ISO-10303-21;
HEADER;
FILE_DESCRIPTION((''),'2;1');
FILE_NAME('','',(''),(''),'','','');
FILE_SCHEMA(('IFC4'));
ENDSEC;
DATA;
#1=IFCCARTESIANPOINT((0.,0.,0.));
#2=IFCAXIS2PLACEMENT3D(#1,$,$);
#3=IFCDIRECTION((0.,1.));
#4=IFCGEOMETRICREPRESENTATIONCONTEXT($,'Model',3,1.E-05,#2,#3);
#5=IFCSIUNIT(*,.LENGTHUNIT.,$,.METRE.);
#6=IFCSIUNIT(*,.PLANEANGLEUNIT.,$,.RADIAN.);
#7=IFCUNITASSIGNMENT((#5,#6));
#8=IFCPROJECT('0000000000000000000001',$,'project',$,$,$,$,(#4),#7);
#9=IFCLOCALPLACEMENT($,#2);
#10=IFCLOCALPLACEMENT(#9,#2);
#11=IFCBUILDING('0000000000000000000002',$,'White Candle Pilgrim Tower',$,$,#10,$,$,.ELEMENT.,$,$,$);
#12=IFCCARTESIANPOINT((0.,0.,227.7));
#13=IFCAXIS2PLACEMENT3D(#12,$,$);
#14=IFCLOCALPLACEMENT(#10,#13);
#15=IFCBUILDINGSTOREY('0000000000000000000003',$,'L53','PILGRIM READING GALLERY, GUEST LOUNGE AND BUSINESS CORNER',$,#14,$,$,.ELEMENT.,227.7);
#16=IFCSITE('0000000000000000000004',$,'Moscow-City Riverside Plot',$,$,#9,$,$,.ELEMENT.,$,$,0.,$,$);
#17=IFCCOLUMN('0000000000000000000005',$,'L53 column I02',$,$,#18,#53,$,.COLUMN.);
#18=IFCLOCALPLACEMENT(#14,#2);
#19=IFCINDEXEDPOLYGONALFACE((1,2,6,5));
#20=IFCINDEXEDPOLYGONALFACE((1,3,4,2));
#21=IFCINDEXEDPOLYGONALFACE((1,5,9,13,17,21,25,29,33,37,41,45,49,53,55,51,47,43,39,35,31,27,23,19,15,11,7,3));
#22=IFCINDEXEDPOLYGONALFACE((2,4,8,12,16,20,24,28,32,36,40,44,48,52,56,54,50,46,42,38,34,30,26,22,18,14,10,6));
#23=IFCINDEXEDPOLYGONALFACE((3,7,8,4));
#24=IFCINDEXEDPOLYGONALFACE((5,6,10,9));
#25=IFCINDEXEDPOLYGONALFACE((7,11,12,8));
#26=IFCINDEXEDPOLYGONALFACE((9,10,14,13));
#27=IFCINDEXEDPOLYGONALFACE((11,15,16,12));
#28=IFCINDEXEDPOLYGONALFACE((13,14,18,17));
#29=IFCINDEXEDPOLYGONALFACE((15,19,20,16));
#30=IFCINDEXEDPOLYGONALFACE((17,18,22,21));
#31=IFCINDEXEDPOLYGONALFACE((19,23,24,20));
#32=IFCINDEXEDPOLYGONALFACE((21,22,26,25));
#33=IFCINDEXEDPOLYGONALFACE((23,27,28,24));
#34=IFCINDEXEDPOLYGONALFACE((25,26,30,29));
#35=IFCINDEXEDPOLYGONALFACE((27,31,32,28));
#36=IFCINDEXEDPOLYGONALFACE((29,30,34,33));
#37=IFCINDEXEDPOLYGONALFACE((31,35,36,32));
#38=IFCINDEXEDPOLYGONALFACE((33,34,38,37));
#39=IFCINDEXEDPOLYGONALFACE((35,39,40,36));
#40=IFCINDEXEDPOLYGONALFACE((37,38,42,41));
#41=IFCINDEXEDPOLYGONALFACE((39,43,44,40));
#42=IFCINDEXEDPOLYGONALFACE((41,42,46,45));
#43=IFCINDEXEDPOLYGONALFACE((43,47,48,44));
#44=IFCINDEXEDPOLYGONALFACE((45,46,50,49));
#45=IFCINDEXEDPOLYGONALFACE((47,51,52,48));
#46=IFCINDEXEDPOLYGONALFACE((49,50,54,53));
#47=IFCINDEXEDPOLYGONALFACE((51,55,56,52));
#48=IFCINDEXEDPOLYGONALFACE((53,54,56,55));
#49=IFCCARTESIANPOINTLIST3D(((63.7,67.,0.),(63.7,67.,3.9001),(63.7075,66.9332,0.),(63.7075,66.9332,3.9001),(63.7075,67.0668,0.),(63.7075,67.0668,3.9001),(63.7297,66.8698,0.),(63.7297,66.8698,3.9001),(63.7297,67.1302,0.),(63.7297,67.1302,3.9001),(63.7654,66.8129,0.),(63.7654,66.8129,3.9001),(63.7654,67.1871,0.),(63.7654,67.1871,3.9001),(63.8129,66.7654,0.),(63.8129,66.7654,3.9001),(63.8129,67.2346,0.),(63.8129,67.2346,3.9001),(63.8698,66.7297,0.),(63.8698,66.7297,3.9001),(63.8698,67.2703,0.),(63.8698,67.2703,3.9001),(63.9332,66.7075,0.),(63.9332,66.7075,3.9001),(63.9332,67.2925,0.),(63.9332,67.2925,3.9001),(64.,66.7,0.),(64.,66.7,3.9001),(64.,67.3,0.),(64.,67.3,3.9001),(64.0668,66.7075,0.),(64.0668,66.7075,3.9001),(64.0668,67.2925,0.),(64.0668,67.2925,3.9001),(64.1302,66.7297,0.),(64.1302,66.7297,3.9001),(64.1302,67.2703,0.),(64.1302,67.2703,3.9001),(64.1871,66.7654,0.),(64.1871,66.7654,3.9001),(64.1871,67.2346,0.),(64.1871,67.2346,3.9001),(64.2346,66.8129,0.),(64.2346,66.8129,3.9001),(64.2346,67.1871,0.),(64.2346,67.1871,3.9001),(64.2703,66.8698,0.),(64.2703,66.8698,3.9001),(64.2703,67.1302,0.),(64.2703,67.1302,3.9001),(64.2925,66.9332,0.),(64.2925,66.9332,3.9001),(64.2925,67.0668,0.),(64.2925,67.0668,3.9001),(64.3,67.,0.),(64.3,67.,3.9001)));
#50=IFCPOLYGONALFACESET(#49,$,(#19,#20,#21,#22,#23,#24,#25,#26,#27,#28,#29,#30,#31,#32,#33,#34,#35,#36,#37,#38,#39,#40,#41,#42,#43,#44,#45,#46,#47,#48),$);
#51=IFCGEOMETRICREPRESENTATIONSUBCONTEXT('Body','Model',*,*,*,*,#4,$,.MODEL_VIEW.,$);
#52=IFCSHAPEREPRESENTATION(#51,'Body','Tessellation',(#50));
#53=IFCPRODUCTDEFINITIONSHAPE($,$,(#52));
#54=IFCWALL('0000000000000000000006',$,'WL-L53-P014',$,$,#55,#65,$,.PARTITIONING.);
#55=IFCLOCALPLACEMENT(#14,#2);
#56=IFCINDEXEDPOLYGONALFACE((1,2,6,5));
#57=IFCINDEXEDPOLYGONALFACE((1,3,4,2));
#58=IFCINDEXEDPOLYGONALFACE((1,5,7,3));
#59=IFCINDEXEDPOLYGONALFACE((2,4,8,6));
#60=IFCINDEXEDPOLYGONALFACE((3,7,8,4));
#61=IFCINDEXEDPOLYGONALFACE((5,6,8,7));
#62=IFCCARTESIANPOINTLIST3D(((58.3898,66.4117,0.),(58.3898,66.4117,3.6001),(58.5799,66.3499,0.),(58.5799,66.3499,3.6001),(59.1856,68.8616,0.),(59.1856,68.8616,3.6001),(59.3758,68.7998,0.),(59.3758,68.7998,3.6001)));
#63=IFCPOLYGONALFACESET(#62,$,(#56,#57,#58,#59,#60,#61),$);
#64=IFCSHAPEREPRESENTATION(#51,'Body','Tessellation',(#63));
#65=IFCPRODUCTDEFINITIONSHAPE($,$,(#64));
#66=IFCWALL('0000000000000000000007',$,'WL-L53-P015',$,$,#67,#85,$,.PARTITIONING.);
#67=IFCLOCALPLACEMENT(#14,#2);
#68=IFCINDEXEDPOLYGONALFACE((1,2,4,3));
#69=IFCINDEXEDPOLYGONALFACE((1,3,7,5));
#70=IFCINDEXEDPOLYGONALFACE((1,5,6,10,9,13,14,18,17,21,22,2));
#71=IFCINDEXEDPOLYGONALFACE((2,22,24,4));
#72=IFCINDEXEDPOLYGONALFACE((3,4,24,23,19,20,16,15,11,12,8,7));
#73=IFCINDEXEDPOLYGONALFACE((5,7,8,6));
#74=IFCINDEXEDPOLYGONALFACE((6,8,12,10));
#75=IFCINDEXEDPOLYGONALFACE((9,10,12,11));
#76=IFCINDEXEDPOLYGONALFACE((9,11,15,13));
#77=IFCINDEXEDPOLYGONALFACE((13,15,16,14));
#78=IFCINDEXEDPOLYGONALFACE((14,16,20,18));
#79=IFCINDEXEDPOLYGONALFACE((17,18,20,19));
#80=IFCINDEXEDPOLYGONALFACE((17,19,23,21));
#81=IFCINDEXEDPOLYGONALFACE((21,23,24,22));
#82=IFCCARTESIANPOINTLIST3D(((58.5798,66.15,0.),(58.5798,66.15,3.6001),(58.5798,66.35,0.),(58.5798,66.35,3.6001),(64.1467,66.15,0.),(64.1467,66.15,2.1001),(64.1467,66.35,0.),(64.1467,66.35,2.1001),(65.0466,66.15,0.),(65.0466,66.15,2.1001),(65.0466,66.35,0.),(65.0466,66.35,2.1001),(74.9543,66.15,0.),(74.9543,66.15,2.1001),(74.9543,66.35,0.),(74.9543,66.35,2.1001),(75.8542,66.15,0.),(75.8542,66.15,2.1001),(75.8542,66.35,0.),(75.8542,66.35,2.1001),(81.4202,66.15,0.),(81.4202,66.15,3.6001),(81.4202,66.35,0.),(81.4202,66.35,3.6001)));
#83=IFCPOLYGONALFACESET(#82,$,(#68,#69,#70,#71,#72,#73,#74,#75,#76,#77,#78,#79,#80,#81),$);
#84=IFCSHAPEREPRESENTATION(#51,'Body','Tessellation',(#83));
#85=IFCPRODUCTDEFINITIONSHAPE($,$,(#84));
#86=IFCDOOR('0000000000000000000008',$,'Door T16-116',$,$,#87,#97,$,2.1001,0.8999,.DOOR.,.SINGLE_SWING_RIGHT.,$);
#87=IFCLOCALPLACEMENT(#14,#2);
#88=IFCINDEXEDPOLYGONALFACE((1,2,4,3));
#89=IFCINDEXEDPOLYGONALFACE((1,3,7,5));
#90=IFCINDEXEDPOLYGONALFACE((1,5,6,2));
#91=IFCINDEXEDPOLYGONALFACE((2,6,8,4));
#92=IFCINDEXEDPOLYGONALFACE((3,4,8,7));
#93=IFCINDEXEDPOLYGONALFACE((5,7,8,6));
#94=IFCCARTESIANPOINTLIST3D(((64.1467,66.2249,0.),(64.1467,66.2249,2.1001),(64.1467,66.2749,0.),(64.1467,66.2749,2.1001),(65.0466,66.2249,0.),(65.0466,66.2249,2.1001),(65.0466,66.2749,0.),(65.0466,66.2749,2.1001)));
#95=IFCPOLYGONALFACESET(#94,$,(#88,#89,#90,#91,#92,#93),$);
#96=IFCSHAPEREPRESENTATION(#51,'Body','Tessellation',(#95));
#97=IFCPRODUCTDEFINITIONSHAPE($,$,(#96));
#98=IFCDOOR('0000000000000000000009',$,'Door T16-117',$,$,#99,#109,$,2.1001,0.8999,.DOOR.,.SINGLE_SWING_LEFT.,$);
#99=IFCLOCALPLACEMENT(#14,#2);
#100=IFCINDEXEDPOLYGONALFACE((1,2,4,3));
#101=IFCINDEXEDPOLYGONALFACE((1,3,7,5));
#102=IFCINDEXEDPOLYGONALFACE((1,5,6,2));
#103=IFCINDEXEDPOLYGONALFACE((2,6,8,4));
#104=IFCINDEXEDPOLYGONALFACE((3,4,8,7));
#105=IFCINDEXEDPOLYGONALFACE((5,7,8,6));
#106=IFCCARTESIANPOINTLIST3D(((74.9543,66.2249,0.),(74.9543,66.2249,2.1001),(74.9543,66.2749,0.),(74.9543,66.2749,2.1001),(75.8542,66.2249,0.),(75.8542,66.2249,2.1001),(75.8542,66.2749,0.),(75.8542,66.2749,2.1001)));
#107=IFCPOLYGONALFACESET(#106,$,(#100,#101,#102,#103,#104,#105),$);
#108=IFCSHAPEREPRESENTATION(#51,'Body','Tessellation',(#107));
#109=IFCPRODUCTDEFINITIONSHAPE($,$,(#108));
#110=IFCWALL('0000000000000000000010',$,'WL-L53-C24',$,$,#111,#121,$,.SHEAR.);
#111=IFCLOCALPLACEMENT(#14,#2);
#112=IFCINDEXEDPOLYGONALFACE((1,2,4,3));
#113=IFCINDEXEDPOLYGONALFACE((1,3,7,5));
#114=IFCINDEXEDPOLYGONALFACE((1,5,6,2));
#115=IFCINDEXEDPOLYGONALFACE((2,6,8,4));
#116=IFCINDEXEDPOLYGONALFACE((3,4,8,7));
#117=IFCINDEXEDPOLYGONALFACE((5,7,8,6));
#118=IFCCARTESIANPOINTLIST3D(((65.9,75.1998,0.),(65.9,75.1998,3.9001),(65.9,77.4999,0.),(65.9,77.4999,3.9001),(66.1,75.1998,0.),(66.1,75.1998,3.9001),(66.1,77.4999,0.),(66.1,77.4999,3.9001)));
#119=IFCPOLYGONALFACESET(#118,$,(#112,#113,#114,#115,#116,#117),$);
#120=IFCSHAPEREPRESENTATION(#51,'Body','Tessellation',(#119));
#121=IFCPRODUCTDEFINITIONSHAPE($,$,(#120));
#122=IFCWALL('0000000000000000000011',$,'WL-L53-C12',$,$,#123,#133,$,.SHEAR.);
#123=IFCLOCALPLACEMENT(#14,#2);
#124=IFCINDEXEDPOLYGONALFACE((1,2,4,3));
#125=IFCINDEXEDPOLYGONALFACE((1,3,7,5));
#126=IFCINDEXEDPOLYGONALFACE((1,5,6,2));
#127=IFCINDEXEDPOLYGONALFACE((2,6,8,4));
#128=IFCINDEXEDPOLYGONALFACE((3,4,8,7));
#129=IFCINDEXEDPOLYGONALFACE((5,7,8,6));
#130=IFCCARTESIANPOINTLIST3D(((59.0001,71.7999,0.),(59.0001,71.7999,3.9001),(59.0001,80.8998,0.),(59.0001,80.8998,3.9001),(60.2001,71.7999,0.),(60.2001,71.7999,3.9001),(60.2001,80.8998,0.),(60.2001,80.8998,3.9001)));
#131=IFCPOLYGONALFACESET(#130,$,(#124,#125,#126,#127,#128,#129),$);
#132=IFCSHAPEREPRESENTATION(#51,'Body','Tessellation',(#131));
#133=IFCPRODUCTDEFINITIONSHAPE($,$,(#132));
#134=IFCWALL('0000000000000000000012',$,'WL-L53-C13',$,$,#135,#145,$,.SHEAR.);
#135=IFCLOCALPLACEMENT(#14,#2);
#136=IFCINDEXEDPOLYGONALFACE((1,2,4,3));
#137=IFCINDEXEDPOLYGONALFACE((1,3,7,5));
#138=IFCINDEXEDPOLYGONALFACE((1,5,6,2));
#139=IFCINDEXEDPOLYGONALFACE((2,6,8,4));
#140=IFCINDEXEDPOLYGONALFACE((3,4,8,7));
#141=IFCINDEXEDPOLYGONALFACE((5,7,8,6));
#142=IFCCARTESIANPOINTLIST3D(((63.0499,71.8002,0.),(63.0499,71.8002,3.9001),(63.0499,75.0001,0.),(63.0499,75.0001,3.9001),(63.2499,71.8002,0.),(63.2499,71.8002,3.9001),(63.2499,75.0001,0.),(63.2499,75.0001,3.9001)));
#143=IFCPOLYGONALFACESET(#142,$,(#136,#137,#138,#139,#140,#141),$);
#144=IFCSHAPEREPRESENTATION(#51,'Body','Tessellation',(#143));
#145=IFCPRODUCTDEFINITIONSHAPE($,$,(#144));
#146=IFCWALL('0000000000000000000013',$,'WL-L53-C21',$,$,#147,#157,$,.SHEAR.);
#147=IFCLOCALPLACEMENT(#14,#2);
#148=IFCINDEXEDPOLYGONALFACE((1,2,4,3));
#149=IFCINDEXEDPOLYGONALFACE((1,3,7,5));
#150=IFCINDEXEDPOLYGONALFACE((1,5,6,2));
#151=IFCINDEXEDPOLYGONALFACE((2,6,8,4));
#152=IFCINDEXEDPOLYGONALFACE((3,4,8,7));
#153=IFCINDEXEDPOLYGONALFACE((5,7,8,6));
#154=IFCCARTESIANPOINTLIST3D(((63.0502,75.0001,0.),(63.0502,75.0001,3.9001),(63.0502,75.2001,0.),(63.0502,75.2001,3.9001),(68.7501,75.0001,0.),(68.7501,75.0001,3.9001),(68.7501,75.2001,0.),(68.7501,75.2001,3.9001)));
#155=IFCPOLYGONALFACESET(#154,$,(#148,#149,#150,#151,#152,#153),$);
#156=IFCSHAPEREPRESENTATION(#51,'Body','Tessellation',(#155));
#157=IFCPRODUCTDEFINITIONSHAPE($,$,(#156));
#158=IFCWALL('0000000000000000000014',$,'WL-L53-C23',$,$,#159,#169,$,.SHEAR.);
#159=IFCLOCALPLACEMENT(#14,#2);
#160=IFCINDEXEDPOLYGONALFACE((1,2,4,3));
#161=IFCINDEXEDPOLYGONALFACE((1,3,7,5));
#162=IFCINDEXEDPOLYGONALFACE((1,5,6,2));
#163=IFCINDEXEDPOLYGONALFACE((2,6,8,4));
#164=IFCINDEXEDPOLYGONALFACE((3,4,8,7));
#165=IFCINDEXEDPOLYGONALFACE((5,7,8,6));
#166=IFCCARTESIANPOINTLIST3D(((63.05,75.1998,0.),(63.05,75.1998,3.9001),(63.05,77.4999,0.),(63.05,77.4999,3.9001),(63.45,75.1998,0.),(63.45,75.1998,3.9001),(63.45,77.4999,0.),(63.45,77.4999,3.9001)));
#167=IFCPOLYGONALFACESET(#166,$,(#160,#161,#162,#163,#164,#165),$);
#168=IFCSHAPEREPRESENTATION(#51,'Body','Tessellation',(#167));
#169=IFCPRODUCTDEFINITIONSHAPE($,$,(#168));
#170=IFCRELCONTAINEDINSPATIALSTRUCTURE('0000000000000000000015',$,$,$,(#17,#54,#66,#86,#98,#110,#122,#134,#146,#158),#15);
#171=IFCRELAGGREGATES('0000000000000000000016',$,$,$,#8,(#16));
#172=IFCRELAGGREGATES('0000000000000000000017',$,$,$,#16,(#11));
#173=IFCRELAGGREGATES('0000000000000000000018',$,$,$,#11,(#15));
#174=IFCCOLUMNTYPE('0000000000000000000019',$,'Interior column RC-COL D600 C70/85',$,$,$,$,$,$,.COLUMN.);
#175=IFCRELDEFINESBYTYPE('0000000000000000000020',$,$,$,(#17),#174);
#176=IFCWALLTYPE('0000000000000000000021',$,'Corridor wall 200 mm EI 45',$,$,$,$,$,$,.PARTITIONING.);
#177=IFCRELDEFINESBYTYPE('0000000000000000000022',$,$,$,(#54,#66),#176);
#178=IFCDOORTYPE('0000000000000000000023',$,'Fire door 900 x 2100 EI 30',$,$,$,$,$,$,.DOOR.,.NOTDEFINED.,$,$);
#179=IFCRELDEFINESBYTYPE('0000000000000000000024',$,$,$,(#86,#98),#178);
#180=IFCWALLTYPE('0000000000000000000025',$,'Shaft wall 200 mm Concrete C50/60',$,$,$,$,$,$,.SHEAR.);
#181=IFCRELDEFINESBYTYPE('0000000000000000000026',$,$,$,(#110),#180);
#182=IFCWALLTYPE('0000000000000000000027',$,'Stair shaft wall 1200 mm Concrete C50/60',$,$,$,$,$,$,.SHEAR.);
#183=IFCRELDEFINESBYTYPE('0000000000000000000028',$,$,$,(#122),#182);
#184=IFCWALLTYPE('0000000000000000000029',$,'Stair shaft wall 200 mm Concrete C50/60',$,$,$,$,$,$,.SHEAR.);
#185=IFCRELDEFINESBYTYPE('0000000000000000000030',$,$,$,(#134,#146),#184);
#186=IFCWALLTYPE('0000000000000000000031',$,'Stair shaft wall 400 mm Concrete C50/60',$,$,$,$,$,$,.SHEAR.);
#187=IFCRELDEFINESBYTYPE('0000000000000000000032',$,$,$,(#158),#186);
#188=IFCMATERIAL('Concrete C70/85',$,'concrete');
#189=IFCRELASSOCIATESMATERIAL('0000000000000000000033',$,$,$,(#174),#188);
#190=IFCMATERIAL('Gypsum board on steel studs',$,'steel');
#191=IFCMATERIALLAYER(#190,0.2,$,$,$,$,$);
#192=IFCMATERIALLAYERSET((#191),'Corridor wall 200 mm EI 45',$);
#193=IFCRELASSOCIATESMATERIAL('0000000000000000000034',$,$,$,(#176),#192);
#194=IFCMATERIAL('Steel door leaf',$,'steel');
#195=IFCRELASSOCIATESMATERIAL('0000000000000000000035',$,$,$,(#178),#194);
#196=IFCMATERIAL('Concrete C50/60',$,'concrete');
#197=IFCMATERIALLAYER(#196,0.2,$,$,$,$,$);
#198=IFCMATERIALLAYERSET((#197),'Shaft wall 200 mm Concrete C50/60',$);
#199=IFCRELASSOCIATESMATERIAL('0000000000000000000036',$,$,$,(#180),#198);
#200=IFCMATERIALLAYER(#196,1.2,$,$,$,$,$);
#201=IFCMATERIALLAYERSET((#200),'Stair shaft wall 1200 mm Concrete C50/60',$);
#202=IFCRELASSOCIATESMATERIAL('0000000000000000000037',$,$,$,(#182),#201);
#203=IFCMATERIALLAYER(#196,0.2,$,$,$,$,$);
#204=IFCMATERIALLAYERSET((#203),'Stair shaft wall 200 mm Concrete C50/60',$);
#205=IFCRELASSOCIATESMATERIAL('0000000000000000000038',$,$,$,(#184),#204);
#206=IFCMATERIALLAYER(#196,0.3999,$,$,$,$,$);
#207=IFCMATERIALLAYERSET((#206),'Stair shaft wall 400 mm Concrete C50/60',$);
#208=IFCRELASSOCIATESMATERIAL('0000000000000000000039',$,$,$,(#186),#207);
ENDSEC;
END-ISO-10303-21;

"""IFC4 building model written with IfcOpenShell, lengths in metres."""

from ifc_helpers import new_model, si_unit, direction, frame, frame_2d, origin, origin_2d, place, context, subcontext, project, spatial, rectangle, circle, extrude, material, layer, layer_set, material_profile, profile_set, type_object, element, fill, save


model = new_model("IFC4")

# Units and contexts
model_context = context("Model", 3, precision=1e-05, world=origin(), true_north=direction((0.0, 1.0)))
body_context = subcontext(model_context, "Body", "Model", "MODEL_VIEW")
ifc_project = project(units=[si_unit("LENGTHUNIT", "METRE"), si_unit("PLANEANGLEUNIT", "RADIAN")], contexts=[model_context])

# Site, building, storey
site_placement = place(None, origin())
site = spatial("IfcSite", under=ifc_project, at=site_placement, Name="Moscow-City Riverside Plot", CompositionType="ELEMENT", RefElevation=0.0)
building_placement = place(site_placement, origin())
building = spatial("IfcBuilding", under=site, at=building_placement, Name="White Candle Pilgrim Tower", CompositionType="ELEMENT")
storey_placement = place(building_placement, frame((0.0, 0.0, 227.7)))
storey = spatial("IfcBuildingStorey", under=building, at=storey_placement, Name="L53", Description="PILGRIM READING GALLERY, GUEST LOUNGE AND BUSINESS CORNER", CompositionType="ELEMENT", Elevation=227.7)

# Column
ifc_material_1 = material(Name="Concrete C70/85", Category="concrete")
ifc_material_profile = material_profile(ifc_material_1, circle(Radius=0.3, at=origin_2d()), Name="RC-COL D600")
ifc_profile_set = profile_set([ifc_material_profile], Name="Concrete C70/85")
column_type = type_object("IfcColumnType", Name="Interior column RC-COL D600 C70/85", PredefinedType="COLUMN", material=ifc_profile_set)
column_placement = place(storey_placement, frame((64.0, 67.0, 0.0), z_axis=(0.0, 0.0, 1.0), x_axis=(1.0, 0.0, 0.0)))
element("IfcColumn", 1, at=column_placement, inside=storey, type_object=column_type, Name="L53 column I02", PredefinedType="COLUMN", context=body_context, shape_type="SweptSolid", body=[
    extrude(circle(Radius=0.3, at=origin_2d()), origin(), (0.0, 0.0, 1.0), 3.9001),
])

# Wall
ifc_material_2 = material(Name="Gypsum board on steel studs", Category="steel")
ifc_layer_1 = layer(ifc_material_2, 0.2)
ifc_layer_set_1 = layer_set([ifc_layer_1], Name="Corridor wall 200 mm EI 45")
wall_type_1 = type_object("IfcWallType", Name="Corridor wall 200 mm EI 45", PredefinedType="PARTITIONING", material=ifc_layer_set_1)
wall_1_placement = place(storey_placement, frame((59.2808, 68.8308, 0.0), z_axis=(0.0, 0.0, 1.0), x_axis=(-0.308968, -0.951072, 0.0)))
element("IfcWall", 2, at=wall_1_placement, inside=storey, type_object=wall_type_1, Name="WL-L53-P014", PredefinedType="PARTITIONING", context=body_context, shape_type="SweptSolid", body=[
    extrude(rectangle(XDim=2.5759, YDim=0.2, at=frame_2d((1.2881, 0.0))), origin(), (0.0, 0.0, 1.0), 3.6001),
])

# Wall, openings, doors
wall_2_placement = place(storey_placement, frame((58.5798, 66.25, 0.0), z_axis=(0.0, 0.0, 1.0), x_axis=(1.0, 0.0, 0.0)))
wall_2 = element("IfcWall", 3, at=wall_2_placement, inside=storey, type_object=wall_type_1, Name="WL-L53-P015", PredefinedType="PARTITIONING", context=body_context, shape_type="SweptSolid", body=[
    extrude(rectangle(XDim=22.8403, YDim=0.2, at=frame_2d((11.4202, 0.0))), origin(), (0.0, 0.0, 1.0), 3.6001),
])
opening_1_placement = place(wall_2_placement, frame((5.5669, 0.0, 0.0)))
opening_1 = element("IfcOpeningElement", 4, at=opening_1_placement, cuts=wall_2, PredefinedType="OPENING", context=body_context, shape_type="SweptSolid", body=[
    extrude(rectangle(XDim=0.8999, YDim=2.1001, at=frame_2d((0.45, 1.05))), frame((0.0, 0.1099, 0.0), z_axis=(0.0, -1.0, 0.0), x_axis=(1.0, 0.0, 0.0)), (0.0, 0.0, 1.0), 0.22),
])
opening_2_placement = place(wall_2_placement, frame((16.3745, 0.0, 0.0)))
opening_2 = element("IfcOpeningElement", 5, at=opening_2_placement, cuts=wall_2, PredefinedType="OPENING", context=body_context, shape_type="SweptSolid", body=[
    extrude(rectangle(XDim=0.8999, YDim=2.1001, at=frame_2d((0.45, 1.05))), frame((0.0, 0.1099, 0.0), z_axis=(0.0, -1.0, 0.0), x_axis=(1.0, 0.0, 0.0)), (0.0, 0.0, 1.0), 0.22),
])
ifc_material_3 = material(Name="Steel door leaf", Category="steel")
door_type_1 = type_object("IfcDoorType", Name="Fire door 900 x 2100 EI 30", OperationType="NOTDEFINED", PredefinedType="DOOR", material=ifc_material_3)
door_1_placement = place(opening_1_placement, origin())
door_1 = element("IfcDoor", 6, at=door_1_placement, inside=storey, type_object=door_type_1, Name="Door T16-116", OperationType="SINGLE_SWING_RIGHT", OverallHeight=2.1001, OverallWidth=0.8999, PredefinedType="DOOR", context=body_context, shape_type="SweptSolid", body=[
    extrude(rectangle(XDim=0.8999, YDim=2.1001, at=frame_2d((0.45, 1.05))), frame((0.0, 0.0249, 0.0), z_axis=(0.0, -1.0, 0.0), x_axis=(1.0, 0.0, 0.0)), (0.0, 0.0, 1.0), 0.05),
])
fill(opening_1, door_1)
door_2_placement = place(opening_2_placement, origin())
door_2 = element("IfcDoor", 7, at=door_2_placement, inside=storey, type_object=door_type_1, Name="Door T16-117", OperationType="SINGLE_SWING_LEFT", OverallHeight=2.1001, OverallWidth=0.8999, PredefinedType="DOOR", context=body_context, shape_type="SweptSolid", body=[
    extrude(rectangle(XDim=0.8999, YDim=2.1001, at=frame_2d((0.45, 1.05))), frame((0.0, 0.0249, 0.0), z_axis=(0.0, -1.0, 0.0), x_axis=(1.0, 0.0, 0.0)), (0.0, 0.0, 1.0), 0.05),
])
fill(opening_2, door_2)

# Walls
ifc_material_4 = material(Name="Concrete C50/60", Category="concrete")
ifc_layer_2 = layer(ifc_material_4, 0.2)
ifc_layer_set_2 = layer_set([ifc_layer_2], Name="Shaft wall 200 mm Concrete C50/60")
wall_type_2 = type_object("IfcWallType", Name="Shaft wall 200 mm Concrete C50/60", PredefinedType="SHEAR", material=ifc_layer_set_2)
wall_3_placement = place(storey_placement, frame((66.0, 75.2, 0.0), z_axis=(0.0, 0.0, 1.0), x_axis=(0.0, 1.0, 0.0)))
element("IfcWall", 8, at=wall_3_placement, inside=storey, type_object=wall_type_2, Name="WL-L53-C24", PredefinedType="SHEAR", context=body_context, shape_type="SweptSolid", body=[
    extrude(rectangle(XDim=2.3, YDim=0.2, at=frame_2d((1.1499, 0.0))), origin(), (0.0, 0.0, 1.0), 3.9001),
])
ifc_layer_3 = layer(ifc_material_4, 1.2)
ifc_layer_set_3 = layer_set([ifc_layer_3], Name="Stair shaft wall 1200 mm Concrete C50/60")
wall_type_3 = type_object("IfcWallType", Name="Stair shaft wall 1200 mm Concrete C50/60", PredefinedType="SHEAR", material=ifc_layer_set_3)
wall_4_placement = place(storey_placement, frame((59.6001, 71.8, 0.0), z_axis=(0.0, 0.0, 1.0), x_axis=(0.0, 1.0, 0.0)))
element("IfcWall", 9, at=wall_4_placement, inside=storey, type_object=wall_type_3, Name="WL-L53-C12", PredefinedType="SHEAR", context=body_context, shape_type="SweptSolid", body=[
    extrude(rectangle(XDim=9.0999, YDim=1.2, at=frame_2d((4.5498, 0.0))), origin(), (0.0, 0.0, 1.0), 3.9001),
])
ifc_layer_4 = layer(ifc_material_4, 0.2)
ifc_layer_set_4 = layer_set([ifc_layer_4], Name="Stair shaft wall 200 mm Concrete C50/60")
wall_type_4 = type_object("IfcWallType", Name="Stair shaft wall 200 mm Concrete C50/60", PredefinedType="SHEAR", material=ifc_layer_set_4)
wall_5_placement = place(storey_placement, frame((63.1499, 71.8, 0.0), z_axis=(0.0, 0.0, 1.0), x_axis=(0.0, 1.0, 0.0)))
element("IfcWall", 10, at=wall_5_placement, inside=storey, type_object=wall_type_4, Name="WL-L53-C13", PredefinedType="SHEAR", context=body_context, shape_type="SweptSolid", body=[
    extrude(rectangle(XDim=3.2, YDim=0.2, at=frame_2d((1.6001, 0.0))), origin(), (0.0, 0.0, 1.0), 3.9001),
])
wall_6_placement = place(storey_placement, frame((63.05, 75.1001, 0.0), z_axis=(0.0, 0.0, 1.0), x_axis=(1.0, 0.0, 0.0)))
element("IfcWall", 11, at=wall_6_placement, inside=storey, type_object=wall_type_4, Name="WL-L53-C21", PredefinedType="SHEAR", context=body_context, shape_type="SweptSolid", body=[
    extrude(rectangle(XDim=5.7, YDim=0.2, at=frame_2d((2.8501, 0.0))), origin(), (0.0, 0.0, 1.0), 3.9001),
])
ifc_layer_5 = layer(ifc_material_4, 0.3999)
ifc_layer_set_5 = layer_set([ifc_layer_5], Name="Stair shaft wall 400 mm Concrete C50/60")
wall_type_5 = type_object("IfcWallType", Name="Stair shaft wall 400 mm Concrete C50/60", PredefinedType="SHEAR", material=ifc_layer_set_5)
wall_7_placement = place(storey_placement, frame((63.25, 75.2, 0.0), z_axis=(0.0, 0.0, 1.0), x_axis=(0.0, 1.0, 0.0)))
element("IfcWall", 12, at=wall_7_placement, inside=storey, type_object=wall_type_5, Name="WL-L53-C23", PredefinedType="SHEAR", context=body_context, shape_type="SweptSolid", body=[
    extrude(rectangle(XDim=2.3, YDim=0.3999, at=frame_2d((1.1499, 0.0))), origin(), (0.0, 0.0, 1.0), 3.9001),
])

save(model, "model.ifc")
